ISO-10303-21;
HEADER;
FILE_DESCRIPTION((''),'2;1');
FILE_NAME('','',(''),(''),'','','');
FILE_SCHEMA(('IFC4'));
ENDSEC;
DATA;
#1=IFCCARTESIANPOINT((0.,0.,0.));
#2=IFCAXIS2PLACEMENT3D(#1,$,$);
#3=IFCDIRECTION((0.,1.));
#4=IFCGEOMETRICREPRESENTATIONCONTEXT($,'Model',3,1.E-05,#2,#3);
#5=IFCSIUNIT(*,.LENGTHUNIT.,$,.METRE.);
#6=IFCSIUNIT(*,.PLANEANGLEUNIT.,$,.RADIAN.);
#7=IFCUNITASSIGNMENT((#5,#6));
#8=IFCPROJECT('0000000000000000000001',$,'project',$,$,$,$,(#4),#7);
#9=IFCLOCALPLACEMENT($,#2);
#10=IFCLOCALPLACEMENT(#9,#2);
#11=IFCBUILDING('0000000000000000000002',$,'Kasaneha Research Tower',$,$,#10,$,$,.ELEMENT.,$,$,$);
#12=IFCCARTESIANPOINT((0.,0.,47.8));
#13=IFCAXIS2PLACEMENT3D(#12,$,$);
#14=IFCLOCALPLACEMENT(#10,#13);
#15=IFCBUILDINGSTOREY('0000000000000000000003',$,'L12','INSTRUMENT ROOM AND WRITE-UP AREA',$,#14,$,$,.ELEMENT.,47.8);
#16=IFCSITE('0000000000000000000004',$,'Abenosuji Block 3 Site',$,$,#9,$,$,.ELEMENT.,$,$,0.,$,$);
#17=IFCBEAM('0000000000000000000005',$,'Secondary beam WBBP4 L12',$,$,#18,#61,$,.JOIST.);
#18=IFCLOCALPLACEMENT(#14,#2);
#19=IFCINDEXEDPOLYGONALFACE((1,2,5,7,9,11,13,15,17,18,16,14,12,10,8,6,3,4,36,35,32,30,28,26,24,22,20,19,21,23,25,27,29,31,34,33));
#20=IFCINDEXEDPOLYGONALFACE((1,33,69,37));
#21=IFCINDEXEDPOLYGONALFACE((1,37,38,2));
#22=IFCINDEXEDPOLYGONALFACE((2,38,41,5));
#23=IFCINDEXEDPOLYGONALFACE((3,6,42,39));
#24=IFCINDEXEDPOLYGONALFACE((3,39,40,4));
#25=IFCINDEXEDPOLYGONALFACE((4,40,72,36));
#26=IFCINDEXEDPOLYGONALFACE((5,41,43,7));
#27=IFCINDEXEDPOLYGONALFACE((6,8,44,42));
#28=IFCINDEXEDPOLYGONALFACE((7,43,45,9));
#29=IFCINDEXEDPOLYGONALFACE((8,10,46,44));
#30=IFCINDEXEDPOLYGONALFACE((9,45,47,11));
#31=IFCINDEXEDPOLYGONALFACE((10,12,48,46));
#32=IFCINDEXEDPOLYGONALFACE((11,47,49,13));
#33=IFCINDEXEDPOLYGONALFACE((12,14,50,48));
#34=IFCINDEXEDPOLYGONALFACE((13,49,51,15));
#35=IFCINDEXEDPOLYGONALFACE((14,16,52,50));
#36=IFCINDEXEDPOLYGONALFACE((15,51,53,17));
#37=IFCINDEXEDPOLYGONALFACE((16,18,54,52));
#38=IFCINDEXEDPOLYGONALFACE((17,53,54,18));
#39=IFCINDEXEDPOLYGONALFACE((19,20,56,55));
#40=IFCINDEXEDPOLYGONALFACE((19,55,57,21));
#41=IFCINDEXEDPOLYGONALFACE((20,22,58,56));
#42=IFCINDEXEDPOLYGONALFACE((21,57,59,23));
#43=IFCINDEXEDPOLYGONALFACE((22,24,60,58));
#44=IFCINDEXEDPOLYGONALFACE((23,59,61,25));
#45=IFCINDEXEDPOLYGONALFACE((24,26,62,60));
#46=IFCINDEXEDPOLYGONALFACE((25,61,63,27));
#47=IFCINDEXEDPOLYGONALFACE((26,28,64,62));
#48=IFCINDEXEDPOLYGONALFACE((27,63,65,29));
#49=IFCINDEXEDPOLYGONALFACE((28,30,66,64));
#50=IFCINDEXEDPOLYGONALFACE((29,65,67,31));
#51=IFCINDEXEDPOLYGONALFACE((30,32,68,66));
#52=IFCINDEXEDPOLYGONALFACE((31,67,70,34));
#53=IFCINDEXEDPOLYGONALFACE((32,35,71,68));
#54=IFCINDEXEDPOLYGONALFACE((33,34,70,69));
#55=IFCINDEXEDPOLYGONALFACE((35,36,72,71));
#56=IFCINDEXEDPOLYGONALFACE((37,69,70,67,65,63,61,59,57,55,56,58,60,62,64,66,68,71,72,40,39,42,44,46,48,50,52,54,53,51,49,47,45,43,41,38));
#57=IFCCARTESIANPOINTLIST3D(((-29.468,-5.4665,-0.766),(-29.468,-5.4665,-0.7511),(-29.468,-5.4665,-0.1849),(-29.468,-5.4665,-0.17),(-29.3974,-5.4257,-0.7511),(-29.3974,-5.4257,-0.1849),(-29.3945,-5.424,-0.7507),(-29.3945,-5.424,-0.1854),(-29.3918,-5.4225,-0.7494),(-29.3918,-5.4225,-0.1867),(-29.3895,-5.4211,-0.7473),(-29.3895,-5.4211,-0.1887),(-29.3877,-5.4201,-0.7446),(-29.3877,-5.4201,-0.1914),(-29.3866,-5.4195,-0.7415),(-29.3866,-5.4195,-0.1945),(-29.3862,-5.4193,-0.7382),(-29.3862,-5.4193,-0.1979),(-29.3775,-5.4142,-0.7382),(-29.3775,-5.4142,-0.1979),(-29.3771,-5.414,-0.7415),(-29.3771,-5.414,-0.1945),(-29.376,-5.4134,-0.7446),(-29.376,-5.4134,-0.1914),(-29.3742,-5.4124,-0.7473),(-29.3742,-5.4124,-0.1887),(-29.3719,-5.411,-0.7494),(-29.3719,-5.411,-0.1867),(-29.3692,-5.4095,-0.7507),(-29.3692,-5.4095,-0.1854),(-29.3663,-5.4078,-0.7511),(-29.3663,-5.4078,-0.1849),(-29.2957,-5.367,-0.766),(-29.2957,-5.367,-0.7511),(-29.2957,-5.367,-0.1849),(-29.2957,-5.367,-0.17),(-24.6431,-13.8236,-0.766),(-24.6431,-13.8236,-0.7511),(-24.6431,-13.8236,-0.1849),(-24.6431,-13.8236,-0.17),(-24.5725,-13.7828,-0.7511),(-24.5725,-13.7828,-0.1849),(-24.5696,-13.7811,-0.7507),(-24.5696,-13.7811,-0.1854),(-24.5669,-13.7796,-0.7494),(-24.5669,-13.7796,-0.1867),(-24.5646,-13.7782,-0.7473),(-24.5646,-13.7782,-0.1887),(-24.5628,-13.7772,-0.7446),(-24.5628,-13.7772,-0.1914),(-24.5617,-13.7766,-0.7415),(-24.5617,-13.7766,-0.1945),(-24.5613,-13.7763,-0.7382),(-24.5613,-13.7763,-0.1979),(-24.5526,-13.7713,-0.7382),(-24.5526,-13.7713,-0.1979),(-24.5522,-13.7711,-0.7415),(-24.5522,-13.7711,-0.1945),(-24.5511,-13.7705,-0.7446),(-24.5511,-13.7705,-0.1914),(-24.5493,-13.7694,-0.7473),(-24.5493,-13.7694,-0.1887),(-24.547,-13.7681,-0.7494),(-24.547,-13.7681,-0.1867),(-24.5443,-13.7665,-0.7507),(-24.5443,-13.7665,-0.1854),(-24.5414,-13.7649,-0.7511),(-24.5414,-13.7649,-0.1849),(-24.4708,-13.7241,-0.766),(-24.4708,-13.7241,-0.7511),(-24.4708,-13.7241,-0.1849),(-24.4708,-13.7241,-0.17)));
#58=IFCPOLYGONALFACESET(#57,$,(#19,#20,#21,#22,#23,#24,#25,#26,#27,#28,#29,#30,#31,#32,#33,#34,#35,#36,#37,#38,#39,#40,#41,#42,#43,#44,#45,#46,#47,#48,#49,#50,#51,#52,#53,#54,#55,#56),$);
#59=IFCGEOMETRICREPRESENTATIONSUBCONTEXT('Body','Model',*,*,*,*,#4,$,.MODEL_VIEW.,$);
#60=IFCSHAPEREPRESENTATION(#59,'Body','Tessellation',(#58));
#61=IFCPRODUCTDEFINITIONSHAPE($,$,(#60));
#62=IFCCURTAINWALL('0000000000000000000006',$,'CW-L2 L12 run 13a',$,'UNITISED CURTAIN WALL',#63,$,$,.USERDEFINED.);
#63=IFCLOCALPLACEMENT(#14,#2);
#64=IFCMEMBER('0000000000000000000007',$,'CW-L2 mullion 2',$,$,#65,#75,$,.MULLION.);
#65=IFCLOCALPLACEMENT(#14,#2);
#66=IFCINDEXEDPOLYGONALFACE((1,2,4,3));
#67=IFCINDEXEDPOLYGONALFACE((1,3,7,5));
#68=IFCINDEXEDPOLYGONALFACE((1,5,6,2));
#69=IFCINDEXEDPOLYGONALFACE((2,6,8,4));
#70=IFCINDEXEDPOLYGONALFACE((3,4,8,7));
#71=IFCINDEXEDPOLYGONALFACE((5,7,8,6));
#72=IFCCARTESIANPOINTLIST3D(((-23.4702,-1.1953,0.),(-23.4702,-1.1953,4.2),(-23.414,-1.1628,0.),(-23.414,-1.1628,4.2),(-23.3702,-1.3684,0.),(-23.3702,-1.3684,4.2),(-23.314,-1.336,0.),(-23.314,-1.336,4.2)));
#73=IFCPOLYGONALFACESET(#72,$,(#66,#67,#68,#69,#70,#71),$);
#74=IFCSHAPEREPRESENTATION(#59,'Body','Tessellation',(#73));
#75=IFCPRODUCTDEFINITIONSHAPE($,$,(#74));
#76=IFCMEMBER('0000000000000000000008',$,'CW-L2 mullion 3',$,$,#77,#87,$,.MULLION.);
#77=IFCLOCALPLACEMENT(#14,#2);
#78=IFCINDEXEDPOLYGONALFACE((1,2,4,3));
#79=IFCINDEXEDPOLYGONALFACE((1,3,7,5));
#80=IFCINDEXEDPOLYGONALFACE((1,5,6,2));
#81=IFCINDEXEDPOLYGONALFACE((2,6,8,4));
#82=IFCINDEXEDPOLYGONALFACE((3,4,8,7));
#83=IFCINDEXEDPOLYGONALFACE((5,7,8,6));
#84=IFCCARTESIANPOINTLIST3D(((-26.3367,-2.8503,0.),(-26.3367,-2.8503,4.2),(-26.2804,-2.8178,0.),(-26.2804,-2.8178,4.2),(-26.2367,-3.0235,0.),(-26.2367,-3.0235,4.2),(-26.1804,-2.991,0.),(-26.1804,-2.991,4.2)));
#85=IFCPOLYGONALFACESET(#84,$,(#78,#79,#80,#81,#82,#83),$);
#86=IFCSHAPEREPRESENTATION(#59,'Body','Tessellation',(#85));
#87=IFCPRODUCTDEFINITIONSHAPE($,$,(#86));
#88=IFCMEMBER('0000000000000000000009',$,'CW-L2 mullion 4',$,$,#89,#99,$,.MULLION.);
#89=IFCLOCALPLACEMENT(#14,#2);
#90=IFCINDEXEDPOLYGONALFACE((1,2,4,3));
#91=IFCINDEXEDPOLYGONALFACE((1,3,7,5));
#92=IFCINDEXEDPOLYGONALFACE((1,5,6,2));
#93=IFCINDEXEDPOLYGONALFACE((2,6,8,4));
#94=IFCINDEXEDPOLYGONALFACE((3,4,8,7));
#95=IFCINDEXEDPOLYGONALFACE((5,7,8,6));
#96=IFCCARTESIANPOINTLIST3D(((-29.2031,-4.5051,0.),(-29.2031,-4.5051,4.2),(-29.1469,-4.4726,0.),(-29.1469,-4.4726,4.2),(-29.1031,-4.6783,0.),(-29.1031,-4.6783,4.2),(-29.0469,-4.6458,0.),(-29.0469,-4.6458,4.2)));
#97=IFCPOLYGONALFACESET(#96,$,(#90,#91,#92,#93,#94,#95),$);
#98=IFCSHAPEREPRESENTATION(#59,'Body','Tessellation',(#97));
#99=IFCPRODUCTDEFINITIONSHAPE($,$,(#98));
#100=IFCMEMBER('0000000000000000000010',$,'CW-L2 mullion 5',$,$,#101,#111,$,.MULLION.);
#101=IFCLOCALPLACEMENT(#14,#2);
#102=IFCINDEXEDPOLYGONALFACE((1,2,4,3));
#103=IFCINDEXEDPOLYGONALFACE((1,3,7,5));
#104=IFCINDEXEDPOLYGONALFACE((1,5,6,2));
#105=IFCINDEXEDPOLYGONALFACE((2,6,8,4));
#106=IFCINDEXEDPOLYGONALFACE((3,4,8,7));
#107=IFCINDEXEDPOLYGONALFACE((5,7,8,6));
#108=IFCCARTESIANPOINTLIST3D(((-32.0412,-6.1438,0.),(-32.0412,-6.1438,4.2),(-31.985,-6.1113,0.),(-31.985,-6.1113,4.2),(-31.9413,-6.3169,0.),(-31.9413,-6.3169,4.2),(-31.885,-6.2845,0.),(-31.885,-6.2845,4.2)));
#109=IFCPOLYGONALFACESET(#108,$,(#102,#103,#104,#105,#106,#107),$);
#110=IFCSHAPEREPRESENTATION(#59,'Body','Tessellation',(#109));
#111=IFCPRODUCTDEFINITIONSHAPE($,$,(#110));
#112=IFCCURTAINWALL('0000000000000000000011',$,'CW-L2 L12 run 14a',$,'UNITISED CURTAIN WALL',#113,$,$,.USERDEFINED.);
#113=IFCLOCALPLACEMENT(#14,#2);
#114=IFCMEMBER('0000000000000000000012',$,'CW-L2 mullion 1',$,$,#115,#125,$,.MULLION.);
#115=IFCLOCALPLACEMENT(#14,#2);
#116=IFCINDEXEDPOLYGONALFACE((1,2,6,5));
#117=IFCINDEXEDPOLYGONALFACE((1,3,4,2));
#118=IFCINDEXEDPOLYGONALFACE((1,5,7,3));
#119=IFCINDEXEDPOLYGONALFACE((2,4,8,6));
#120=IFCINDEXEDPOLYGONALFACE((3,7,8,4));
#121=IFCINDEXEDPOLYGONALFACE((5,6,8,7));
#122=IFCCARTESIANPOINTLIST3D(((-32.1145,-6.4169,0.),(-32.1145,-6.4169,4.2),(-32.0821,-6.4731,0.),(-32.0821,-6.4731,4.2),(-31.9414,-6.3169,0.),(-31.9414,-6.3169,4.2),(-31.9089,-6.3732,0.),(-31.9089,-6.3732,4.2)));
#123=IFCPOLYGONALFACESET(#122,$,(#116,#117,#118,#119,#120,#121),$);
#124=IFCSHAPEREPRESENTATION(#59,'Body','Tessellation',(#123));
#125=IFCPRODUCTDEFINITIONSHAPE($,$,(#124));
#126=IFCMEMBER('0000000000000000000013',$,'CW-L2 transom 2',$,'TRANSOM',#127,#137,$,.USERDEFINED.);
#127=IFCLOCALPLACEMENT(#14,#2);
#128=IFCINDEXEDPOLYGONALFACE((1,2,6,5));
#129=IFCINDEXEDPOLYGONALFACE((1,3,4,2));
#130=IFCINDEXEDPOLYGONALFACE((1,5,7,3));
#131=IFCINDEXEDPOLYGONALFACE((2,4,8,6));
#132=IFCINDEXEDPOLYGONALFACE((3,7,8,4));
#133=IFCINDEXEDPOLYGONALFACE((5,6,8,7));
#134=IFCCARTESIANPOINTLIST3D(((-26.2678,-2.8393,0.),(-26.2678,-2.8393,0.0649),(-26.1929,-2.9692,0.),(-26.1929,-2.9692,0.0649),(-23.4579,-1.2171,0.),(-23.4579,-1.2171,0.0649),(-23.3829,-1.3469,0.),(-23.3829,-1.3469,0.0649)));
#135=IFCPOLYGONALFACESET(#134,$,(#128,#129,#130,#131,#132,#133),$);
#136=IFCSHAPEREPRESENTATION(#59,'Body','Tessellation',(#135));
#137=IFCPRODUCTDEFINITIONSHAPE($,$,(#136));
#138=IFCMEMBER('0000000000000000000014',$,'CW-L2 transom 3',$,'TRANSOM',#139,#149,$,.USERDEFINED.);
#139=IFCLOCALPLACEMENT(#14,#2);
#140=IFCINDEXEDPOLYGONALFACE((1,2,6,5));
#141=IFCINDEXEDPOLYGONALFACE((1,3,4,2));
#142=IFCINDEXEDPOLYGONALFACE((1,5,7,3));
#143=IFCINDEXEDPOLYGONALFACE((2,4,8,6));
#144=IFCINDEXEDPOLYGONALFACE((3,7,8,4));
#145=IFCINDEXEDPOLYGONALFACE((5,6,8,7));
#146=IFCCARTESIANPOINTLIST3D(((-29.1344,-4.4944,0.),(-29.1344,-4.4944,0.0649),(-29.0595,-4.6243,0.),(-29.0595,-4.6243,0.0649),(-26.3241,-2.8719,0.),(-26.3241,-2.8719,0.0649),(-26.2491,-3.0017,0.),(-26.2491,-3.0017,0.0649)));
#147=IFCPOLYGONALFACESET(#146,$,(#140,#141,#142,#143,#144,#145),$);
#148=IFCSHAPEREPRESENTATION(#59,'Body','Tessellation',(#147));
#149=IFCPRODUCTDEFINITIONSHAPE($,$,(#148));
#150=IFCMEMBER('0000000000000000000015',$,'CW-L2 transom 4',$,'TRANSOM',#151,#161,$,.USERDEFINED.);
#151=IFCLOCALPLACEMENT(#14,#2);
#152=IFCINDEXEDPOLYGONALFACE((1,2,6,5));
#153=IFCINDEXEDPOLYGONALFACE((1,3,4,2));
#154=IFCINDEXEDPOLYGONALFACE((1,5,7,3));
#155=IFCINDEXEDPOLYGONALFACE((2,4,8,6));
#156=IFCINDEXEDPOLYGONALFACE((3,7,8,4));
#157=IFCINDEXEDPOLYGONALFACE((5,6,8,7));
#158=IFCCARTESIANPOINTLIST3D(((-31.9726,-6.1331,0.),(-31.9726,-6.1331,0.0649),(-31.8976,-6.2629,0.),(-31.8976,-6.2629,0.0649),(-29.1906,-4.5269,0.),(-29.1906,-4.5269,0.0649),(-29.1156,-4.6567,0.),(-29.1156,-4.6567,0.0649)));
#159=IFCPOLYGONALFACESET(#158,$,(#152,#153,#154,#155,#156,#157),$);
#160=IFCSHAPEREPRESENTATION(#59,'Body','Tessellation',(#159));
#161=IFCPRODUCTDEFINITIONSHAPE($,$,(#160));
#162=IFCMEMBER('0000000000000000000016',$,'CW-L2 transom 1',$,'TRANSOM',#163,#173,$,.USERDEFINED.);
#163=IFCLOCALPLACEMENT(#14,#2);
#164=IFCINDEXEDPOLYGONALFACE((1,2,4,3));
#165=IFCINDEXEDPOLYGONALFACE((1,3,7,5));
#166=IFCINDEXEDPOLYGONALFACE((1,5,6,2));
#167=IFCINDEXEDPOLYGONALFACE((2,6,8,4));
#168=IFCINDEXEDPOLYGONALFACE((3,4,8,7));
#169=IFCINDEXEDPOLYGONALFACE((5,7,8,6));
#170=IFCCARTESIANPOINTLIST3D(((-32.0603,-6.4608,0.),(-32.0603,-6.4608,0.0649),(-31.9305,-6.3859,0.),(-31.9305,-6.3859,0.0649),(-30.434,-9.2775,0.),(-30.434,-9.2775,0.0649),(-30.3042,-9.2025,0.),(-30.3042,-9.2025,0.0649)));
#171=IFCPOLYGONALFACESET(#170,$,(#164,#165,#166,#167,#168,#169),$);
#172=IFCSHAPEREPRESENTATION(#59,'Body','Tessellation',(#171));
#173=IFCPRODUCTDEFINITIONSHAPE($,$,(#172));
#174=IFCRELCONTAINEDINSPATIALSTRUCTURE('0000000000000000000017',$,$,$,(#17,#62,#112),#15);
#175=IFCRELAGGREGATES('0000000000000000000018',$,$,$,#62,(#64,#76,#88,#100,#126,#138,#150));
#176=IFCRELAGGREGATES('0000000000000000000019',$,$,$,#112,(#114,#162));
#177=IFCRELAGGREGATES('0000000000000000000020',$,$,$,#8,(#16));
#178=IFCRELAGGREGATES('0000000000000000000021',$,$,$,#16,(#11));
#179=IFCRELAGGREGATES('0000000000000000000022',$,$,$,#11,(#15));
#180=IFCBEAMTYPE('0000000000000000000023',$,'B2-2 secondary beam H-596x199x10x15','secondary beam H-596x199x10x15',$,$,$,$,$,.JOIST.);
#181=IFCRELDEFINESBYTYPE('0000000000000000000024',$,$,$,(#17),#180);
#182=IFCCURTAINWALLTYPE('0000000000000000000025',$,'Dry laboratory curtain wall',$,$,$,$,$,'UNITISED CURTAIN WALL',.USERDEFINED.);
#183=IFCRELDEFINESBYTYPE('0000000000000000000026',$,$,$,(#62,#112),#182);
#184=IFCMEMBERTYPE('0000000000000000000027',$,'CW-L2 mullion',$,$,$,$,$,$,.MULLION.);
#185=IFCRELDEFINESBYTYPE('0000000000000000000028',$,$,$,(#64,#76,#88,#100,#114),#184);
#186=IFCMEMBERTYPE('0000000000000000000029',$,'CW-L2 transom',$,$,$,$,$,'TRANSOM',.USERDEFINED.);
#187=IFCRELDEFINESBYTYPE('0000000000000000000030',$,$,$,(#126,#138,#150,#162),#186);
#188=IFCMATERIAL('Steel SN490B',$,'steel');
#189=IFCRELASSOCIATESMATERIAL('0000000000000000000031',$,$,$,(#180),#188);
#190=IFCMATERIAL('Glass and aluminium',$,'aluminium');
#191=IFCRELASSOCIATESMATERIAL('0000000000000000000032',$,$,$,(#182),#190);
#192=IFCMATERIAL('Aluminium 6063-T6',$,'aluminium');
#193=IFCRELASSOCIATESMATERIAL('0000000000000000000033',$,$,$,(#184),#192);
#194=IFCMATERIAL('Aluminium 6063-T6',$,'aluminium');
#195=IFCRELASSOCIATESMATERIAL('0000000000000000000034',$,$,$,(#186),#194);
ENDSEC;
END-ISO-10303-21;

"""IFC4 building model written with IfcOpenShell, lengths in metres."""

from ifc_helpers import new_model, si_unit, direction, frame, origin, origin_2d, place, context, subcontext, project, spatial, rectangle, i_section, extrude, material, material_profile, profile_set, type_object, element, aggregate, save


model = new_model("IFC4")

# Units and contexts
model_context = context("Model", 3, precision=1e-05, world=origin(), true_north=direction((0.0, 1.0)))
body_context = subcontext(model_context, "Body", "Model", "MODEL_VIEW")
ifc_project = project(units=[si_unit("LENGTHUNIT", "METRE"), si_unit("PLANEANGLEUNIT", "RADIAN")], contexts=[model_context])

# Site, building, storey
site_placement = place(None, origin())
site = spatial("IfcSite", under=ifc_project, at=site_placement, Name="Abenosuji Block 3 Site", CompositionType="ELEMENT", RefElevation=0.0)
building_placement = place(site_placement, origin())
building = spatial("IfcBuilding", under=site, at=building_placement, Name="Kasaneha Research Tower", CompositionType="ELEMENT")
storey_placement = place(building_placement, frame((0.0, 0.0, 47.8)))
storey = spatial("IfcBuildingStorey", under=building, at=storey_placement, Name="L12", Description="INSTRUMENT ROOM AND WRITE-UP AREA", CompositionType="ELEMENT", Elevation=47.8)

# Beam
ifc_material_1 = material(Name="Steel SN490B", Category="steel")
ifc_material_profile_1 = material_profile(ifc_material_1, i_section(OverallWidth=0.199, OverallDepth=0.5959, WebThickness=0.01, FlangeThickness=0.0149, FilletRadius=0.0129, at=origin_2d()), Name="H-596x199x10x15")
ifc_profile_set_1 = profile_set([ifc_material_profile_1], Name="Steel SN490B")
beam_type_1 = type_object("IfcBeamType", Name="B2-2 secondary beam H-596x199x10x15", Description="secondary beam H-596x199x10x15", PredefinedType="JOIST", material=ifc_profile_set_1)
for number, where, z_axis, x_axis, name in (
    (1, (-29.3818, -5.4167, -0.468), (0.499995, -0.866028, 0.0), (0.866028, 0.499995, 0.0), "Secondary beam WBBP4 L12"),
):
    element("IfcBeam", number, at=place(storey_placement, frame(where, z_axis=z_axis, x_axis=x_axis)), inside=storey, type_object=beam_type_1, Name=name, PredefinedType="JOIST", context=body_context, shape_type="SweptSolid", body=[
        extrude(i_section(OverallWidth=0.199, OverallDepth=0.5959, WebThickness=0.01, FlangeThickness=0.0149, FilletRadius=0.0129, at=origin_2d()), origin(), (0.0, 0.0, 1.0), 9.6499),
    ])

# Curtain wall, members
ifc_material_2 = material(Name="Glass and aluminium", Category="aluminium")
curtain_wall_type = type_object("IfcCurtainWallType", Name="Dry laboratory curtain wall", ElementType="UNITISED CURTAIN WALL", PredefinedType="USERDEFINED", material=ifc_material_2)
curtain_wall_1_placement = place(storey_placement, origin())
curtain_wall_1 = element("IfcCurtainWall", 2, at=curtain_wall_1_placement, inside=storey, type_object=curtain_wall_type, Name="CW-L2 L12 run 13a", ObjectType="UNITISED CURTAIN WALL", PredefinedType="USERDEFINED")
ifc_material_3 = material(Name="Aluminium 6063-T6", Category="aluminium")
ifc_material_profile_2 = material_profile(ifc_material_3, rectangle(XDim=0.0649, YDim=0.2, at=origin_2d()), Name="CW-L2 mullion 65x200")
ifc_profile_set_2 = profile_set([ifc_material_profile_2], Name="Aluminium 6063-T6")
member_type_1 = type_object("IfcMemberType", Name="CW-L2 mullion", PredefinedType="MULLION", material=ifc_profile_set_2)
member_1_placement = place(storey_placement, frame((-23.3921, -1.2656, 0.0), z_axis=(0.0, 0.0, 1.0), x_axis=(-0.866025, -0.5, 0.0)))
member_1 = element("IfcMember", 3, at=member_1_placement, type_object=member_type_1, Name="CW-L2 mullion 2", PredefinedType="MULLION", context=body_context, shape_type="SweptSolid", body=[
    extrude(rectangle(XDim=0.0649, YDim=0.2, at=origin_2d()), origin(), (0.0, 0.0, 1.0), 4.2),
])
member_2_placement = place(storey_placement, frame((-26.2585, -2.9207, 0.0), z_axis=(0.0, 0.0, 1.0), x_axis=(-0.866025, -0.5, 0.0)))
member_2 = element("IfcMember", 4, at=member_2_placement, type_object=member_type_1, Name="CW-L2 mullion 3", PredefinedType="MULLION", context=body_context, shape_type="SweptSolid", body=[
    extrude(rectangle(XDim=0.0649, YDim=0.2, at=origin_2d()), origin(), (0.0, 0.0, 1.0), 4.2),
])
member_3_placement = place(storey_placement, frame((-29.125, -4.5754, 0.0), z_axis=(0.0, 0.0, 1.0), x_axis=(-0.866025, -0.5, 0.0)))
member_3 = element("IfcMember", 5, at=member_3_placement, type_object=member_type_1, Name="CW-L2 mullion 4", PredefinedType="MULLION", context=body_context, shape_type="SweptSolid", body=[
    extrude(rectangle(XDim=0.0649, YDim=0.2, at=origin_2d()), origin(), (0.0, 0.0, 1.0), 4.2),
])
member_4_placement = place(storey_placement, frame((-31.9631, -6.2141, 0.0), z_axis=(0.0, 0.0, 1.0), x_axis=(-0.866025, -0.5, 0.0)))
member_4 = element("IfcMember", 6, at=member_4_placement, type_object=member_type_1, Name="CW-L2 mullion 5", PredefinedType="MULLION", context=body_context, shape_type="SweptSolid", body=[
    extrude(rectangle(XDim=0.0649, YDim=0.2, at=origin_2d()), origin(), (0.0, 0.0, 1.0), 4.2),
])

# Curtain wall, member
curtain_wall_2_placement = place(storey_placement, origin())
curtain_wall_2 = element("IfcCurtainWall", 7, at=curtain_wall_2_placement, inside=storey, type_object=curtain_wall_type, Name="CW-L2 L12 run 14a", ObjectType="UNITISED CURTAIN WALL", PredefinedType="USERDEFINED")
member_5_placement = place(storey_placement, frame((-32.0117, -6.395, 0.0), z_axis=(0.0, 0.0, 1.0), x_axis=(0.5, -0.866025, 0.0)))
member_5 = element("IfcMember", 8, at=member_5_placement, type_object=member_type_1, Name="CW-L2 mullion 1", PredefinedType="MULLION", context=body_context, shape_type="SweptSolid", body=[
    extrude(rectangle(XDim=0.0649, YDim=0.2, at=origin_2d()), origin(), (0.0, 0.0, 1.0), 4.2),
])

# Members
ifc_material_4 = material(Name="Aluminium 6063-T6", Category="aluminium")
ifc_material_profile_3 = material_profile(ifc_material_4, rectangle(XDim=0.1499, YDim=0.0649, at=origin_2d()), Name="CW-L2 transom 150x65")
ifc_profile_set_3 = profile_set([ifc_material_profile_3], Name="Aluminium 6063-T6")
member_type_2 = type_object("IfcMemberType", Name="CW-L2 transom", ElementType="TRANSOM", PredefinedType="USERDEFINED", material=ifc_profile_set_3)
member_6_placement = place(storey_placement, frame((-23.4204, -1.282, 0.0325), z_axis=(-0.866035, -0.499983, 0.0), x_axis=(0.499983, -0.866035, 0.0)))
member_6 = element("IfcMember", 9, at=member_6_placement, type_object=member_type_2, Name="CW-L2 transom 2", ObjectType="TRANSOM", PredefinedType="USERDEFINED", context=body_context, shape_type="SweptSolid", body=[
    extrude(rectangle(XDim=0.1499, YDim=0.0649, at=origin_2d()), origin(), (0.0, 0.0, 1.0), 3.2446),
])
member_7_placement = place(storey_placement, frame((-26.2866, -2.9368, 0.0325), z_axis=(-0.866021, -0.500007, 0.0), x_axis=(0.500007, -0.866021, 0.0)))
member_7 = element("IfcMember", 10, at=member_7_placement, type_object=member_type_2, Name="CW-L2 transom 3", ObjectType="TRANSOM", PredefinedType="USERDEFINED", context=body_context, shape_type="SweptSolid", body=[
    extrude(rectangle(XDim=0.1499, YDim=0.0649, at=origin_2d()), origin(), (0.0, 0.0, 1.0), 3.2451),
])
member_8_placement = place(storey_placement, frame((-29.1531, -4.5918, 0.0325), z_axis=(-0.866022, -0.500005, 0.0), x_axis=(0.500005, -0.866022, 0.0)))
member_8 = element("IfcMember", 11, at=member_8_placement, type_object=member_type_2, Name="CW-L2 transom 4", ObjectType="TRANSOM", PredefinedType="USERDEFINED", context=body_context, shape_type="SweptSolid", body=[
    extrude(rectangle(XDim=0.1499, YDim=0.0649, at=origin_2d()), origin(), (0.0, 0.0, 1.0), 3.2124),
])
member_9_placement = place(storey_placement, frame((-31.9954, -6.4233, 0.0325), z_axis=(0.500006, -0.866022, 0.0), x_axis=(0.866022, 0.500006, 0.0)))
member_9 = element("IfcMember", 12, at=member_9_placement, type_object=member_type_2, Name="CW-L2 transom 1", ObjectType="TRANSOM", PredefinedType="USERDEFINED", context=body_context, shape_type="SweptSolid", body=[
    extrude(rectangle(XDim=0.1499, YDim=0.0649, at=origin_2d()), origin(), (0.0, 0.0, 1.0), 3.2524),
])

aggregate(curtain_wall_1, [member_1, member_2, member_3, member_4, member_6, member_7, member_8])
aggregate(curtain_wall_2, [member_5, member_9])

save(model, "model.ifc")
